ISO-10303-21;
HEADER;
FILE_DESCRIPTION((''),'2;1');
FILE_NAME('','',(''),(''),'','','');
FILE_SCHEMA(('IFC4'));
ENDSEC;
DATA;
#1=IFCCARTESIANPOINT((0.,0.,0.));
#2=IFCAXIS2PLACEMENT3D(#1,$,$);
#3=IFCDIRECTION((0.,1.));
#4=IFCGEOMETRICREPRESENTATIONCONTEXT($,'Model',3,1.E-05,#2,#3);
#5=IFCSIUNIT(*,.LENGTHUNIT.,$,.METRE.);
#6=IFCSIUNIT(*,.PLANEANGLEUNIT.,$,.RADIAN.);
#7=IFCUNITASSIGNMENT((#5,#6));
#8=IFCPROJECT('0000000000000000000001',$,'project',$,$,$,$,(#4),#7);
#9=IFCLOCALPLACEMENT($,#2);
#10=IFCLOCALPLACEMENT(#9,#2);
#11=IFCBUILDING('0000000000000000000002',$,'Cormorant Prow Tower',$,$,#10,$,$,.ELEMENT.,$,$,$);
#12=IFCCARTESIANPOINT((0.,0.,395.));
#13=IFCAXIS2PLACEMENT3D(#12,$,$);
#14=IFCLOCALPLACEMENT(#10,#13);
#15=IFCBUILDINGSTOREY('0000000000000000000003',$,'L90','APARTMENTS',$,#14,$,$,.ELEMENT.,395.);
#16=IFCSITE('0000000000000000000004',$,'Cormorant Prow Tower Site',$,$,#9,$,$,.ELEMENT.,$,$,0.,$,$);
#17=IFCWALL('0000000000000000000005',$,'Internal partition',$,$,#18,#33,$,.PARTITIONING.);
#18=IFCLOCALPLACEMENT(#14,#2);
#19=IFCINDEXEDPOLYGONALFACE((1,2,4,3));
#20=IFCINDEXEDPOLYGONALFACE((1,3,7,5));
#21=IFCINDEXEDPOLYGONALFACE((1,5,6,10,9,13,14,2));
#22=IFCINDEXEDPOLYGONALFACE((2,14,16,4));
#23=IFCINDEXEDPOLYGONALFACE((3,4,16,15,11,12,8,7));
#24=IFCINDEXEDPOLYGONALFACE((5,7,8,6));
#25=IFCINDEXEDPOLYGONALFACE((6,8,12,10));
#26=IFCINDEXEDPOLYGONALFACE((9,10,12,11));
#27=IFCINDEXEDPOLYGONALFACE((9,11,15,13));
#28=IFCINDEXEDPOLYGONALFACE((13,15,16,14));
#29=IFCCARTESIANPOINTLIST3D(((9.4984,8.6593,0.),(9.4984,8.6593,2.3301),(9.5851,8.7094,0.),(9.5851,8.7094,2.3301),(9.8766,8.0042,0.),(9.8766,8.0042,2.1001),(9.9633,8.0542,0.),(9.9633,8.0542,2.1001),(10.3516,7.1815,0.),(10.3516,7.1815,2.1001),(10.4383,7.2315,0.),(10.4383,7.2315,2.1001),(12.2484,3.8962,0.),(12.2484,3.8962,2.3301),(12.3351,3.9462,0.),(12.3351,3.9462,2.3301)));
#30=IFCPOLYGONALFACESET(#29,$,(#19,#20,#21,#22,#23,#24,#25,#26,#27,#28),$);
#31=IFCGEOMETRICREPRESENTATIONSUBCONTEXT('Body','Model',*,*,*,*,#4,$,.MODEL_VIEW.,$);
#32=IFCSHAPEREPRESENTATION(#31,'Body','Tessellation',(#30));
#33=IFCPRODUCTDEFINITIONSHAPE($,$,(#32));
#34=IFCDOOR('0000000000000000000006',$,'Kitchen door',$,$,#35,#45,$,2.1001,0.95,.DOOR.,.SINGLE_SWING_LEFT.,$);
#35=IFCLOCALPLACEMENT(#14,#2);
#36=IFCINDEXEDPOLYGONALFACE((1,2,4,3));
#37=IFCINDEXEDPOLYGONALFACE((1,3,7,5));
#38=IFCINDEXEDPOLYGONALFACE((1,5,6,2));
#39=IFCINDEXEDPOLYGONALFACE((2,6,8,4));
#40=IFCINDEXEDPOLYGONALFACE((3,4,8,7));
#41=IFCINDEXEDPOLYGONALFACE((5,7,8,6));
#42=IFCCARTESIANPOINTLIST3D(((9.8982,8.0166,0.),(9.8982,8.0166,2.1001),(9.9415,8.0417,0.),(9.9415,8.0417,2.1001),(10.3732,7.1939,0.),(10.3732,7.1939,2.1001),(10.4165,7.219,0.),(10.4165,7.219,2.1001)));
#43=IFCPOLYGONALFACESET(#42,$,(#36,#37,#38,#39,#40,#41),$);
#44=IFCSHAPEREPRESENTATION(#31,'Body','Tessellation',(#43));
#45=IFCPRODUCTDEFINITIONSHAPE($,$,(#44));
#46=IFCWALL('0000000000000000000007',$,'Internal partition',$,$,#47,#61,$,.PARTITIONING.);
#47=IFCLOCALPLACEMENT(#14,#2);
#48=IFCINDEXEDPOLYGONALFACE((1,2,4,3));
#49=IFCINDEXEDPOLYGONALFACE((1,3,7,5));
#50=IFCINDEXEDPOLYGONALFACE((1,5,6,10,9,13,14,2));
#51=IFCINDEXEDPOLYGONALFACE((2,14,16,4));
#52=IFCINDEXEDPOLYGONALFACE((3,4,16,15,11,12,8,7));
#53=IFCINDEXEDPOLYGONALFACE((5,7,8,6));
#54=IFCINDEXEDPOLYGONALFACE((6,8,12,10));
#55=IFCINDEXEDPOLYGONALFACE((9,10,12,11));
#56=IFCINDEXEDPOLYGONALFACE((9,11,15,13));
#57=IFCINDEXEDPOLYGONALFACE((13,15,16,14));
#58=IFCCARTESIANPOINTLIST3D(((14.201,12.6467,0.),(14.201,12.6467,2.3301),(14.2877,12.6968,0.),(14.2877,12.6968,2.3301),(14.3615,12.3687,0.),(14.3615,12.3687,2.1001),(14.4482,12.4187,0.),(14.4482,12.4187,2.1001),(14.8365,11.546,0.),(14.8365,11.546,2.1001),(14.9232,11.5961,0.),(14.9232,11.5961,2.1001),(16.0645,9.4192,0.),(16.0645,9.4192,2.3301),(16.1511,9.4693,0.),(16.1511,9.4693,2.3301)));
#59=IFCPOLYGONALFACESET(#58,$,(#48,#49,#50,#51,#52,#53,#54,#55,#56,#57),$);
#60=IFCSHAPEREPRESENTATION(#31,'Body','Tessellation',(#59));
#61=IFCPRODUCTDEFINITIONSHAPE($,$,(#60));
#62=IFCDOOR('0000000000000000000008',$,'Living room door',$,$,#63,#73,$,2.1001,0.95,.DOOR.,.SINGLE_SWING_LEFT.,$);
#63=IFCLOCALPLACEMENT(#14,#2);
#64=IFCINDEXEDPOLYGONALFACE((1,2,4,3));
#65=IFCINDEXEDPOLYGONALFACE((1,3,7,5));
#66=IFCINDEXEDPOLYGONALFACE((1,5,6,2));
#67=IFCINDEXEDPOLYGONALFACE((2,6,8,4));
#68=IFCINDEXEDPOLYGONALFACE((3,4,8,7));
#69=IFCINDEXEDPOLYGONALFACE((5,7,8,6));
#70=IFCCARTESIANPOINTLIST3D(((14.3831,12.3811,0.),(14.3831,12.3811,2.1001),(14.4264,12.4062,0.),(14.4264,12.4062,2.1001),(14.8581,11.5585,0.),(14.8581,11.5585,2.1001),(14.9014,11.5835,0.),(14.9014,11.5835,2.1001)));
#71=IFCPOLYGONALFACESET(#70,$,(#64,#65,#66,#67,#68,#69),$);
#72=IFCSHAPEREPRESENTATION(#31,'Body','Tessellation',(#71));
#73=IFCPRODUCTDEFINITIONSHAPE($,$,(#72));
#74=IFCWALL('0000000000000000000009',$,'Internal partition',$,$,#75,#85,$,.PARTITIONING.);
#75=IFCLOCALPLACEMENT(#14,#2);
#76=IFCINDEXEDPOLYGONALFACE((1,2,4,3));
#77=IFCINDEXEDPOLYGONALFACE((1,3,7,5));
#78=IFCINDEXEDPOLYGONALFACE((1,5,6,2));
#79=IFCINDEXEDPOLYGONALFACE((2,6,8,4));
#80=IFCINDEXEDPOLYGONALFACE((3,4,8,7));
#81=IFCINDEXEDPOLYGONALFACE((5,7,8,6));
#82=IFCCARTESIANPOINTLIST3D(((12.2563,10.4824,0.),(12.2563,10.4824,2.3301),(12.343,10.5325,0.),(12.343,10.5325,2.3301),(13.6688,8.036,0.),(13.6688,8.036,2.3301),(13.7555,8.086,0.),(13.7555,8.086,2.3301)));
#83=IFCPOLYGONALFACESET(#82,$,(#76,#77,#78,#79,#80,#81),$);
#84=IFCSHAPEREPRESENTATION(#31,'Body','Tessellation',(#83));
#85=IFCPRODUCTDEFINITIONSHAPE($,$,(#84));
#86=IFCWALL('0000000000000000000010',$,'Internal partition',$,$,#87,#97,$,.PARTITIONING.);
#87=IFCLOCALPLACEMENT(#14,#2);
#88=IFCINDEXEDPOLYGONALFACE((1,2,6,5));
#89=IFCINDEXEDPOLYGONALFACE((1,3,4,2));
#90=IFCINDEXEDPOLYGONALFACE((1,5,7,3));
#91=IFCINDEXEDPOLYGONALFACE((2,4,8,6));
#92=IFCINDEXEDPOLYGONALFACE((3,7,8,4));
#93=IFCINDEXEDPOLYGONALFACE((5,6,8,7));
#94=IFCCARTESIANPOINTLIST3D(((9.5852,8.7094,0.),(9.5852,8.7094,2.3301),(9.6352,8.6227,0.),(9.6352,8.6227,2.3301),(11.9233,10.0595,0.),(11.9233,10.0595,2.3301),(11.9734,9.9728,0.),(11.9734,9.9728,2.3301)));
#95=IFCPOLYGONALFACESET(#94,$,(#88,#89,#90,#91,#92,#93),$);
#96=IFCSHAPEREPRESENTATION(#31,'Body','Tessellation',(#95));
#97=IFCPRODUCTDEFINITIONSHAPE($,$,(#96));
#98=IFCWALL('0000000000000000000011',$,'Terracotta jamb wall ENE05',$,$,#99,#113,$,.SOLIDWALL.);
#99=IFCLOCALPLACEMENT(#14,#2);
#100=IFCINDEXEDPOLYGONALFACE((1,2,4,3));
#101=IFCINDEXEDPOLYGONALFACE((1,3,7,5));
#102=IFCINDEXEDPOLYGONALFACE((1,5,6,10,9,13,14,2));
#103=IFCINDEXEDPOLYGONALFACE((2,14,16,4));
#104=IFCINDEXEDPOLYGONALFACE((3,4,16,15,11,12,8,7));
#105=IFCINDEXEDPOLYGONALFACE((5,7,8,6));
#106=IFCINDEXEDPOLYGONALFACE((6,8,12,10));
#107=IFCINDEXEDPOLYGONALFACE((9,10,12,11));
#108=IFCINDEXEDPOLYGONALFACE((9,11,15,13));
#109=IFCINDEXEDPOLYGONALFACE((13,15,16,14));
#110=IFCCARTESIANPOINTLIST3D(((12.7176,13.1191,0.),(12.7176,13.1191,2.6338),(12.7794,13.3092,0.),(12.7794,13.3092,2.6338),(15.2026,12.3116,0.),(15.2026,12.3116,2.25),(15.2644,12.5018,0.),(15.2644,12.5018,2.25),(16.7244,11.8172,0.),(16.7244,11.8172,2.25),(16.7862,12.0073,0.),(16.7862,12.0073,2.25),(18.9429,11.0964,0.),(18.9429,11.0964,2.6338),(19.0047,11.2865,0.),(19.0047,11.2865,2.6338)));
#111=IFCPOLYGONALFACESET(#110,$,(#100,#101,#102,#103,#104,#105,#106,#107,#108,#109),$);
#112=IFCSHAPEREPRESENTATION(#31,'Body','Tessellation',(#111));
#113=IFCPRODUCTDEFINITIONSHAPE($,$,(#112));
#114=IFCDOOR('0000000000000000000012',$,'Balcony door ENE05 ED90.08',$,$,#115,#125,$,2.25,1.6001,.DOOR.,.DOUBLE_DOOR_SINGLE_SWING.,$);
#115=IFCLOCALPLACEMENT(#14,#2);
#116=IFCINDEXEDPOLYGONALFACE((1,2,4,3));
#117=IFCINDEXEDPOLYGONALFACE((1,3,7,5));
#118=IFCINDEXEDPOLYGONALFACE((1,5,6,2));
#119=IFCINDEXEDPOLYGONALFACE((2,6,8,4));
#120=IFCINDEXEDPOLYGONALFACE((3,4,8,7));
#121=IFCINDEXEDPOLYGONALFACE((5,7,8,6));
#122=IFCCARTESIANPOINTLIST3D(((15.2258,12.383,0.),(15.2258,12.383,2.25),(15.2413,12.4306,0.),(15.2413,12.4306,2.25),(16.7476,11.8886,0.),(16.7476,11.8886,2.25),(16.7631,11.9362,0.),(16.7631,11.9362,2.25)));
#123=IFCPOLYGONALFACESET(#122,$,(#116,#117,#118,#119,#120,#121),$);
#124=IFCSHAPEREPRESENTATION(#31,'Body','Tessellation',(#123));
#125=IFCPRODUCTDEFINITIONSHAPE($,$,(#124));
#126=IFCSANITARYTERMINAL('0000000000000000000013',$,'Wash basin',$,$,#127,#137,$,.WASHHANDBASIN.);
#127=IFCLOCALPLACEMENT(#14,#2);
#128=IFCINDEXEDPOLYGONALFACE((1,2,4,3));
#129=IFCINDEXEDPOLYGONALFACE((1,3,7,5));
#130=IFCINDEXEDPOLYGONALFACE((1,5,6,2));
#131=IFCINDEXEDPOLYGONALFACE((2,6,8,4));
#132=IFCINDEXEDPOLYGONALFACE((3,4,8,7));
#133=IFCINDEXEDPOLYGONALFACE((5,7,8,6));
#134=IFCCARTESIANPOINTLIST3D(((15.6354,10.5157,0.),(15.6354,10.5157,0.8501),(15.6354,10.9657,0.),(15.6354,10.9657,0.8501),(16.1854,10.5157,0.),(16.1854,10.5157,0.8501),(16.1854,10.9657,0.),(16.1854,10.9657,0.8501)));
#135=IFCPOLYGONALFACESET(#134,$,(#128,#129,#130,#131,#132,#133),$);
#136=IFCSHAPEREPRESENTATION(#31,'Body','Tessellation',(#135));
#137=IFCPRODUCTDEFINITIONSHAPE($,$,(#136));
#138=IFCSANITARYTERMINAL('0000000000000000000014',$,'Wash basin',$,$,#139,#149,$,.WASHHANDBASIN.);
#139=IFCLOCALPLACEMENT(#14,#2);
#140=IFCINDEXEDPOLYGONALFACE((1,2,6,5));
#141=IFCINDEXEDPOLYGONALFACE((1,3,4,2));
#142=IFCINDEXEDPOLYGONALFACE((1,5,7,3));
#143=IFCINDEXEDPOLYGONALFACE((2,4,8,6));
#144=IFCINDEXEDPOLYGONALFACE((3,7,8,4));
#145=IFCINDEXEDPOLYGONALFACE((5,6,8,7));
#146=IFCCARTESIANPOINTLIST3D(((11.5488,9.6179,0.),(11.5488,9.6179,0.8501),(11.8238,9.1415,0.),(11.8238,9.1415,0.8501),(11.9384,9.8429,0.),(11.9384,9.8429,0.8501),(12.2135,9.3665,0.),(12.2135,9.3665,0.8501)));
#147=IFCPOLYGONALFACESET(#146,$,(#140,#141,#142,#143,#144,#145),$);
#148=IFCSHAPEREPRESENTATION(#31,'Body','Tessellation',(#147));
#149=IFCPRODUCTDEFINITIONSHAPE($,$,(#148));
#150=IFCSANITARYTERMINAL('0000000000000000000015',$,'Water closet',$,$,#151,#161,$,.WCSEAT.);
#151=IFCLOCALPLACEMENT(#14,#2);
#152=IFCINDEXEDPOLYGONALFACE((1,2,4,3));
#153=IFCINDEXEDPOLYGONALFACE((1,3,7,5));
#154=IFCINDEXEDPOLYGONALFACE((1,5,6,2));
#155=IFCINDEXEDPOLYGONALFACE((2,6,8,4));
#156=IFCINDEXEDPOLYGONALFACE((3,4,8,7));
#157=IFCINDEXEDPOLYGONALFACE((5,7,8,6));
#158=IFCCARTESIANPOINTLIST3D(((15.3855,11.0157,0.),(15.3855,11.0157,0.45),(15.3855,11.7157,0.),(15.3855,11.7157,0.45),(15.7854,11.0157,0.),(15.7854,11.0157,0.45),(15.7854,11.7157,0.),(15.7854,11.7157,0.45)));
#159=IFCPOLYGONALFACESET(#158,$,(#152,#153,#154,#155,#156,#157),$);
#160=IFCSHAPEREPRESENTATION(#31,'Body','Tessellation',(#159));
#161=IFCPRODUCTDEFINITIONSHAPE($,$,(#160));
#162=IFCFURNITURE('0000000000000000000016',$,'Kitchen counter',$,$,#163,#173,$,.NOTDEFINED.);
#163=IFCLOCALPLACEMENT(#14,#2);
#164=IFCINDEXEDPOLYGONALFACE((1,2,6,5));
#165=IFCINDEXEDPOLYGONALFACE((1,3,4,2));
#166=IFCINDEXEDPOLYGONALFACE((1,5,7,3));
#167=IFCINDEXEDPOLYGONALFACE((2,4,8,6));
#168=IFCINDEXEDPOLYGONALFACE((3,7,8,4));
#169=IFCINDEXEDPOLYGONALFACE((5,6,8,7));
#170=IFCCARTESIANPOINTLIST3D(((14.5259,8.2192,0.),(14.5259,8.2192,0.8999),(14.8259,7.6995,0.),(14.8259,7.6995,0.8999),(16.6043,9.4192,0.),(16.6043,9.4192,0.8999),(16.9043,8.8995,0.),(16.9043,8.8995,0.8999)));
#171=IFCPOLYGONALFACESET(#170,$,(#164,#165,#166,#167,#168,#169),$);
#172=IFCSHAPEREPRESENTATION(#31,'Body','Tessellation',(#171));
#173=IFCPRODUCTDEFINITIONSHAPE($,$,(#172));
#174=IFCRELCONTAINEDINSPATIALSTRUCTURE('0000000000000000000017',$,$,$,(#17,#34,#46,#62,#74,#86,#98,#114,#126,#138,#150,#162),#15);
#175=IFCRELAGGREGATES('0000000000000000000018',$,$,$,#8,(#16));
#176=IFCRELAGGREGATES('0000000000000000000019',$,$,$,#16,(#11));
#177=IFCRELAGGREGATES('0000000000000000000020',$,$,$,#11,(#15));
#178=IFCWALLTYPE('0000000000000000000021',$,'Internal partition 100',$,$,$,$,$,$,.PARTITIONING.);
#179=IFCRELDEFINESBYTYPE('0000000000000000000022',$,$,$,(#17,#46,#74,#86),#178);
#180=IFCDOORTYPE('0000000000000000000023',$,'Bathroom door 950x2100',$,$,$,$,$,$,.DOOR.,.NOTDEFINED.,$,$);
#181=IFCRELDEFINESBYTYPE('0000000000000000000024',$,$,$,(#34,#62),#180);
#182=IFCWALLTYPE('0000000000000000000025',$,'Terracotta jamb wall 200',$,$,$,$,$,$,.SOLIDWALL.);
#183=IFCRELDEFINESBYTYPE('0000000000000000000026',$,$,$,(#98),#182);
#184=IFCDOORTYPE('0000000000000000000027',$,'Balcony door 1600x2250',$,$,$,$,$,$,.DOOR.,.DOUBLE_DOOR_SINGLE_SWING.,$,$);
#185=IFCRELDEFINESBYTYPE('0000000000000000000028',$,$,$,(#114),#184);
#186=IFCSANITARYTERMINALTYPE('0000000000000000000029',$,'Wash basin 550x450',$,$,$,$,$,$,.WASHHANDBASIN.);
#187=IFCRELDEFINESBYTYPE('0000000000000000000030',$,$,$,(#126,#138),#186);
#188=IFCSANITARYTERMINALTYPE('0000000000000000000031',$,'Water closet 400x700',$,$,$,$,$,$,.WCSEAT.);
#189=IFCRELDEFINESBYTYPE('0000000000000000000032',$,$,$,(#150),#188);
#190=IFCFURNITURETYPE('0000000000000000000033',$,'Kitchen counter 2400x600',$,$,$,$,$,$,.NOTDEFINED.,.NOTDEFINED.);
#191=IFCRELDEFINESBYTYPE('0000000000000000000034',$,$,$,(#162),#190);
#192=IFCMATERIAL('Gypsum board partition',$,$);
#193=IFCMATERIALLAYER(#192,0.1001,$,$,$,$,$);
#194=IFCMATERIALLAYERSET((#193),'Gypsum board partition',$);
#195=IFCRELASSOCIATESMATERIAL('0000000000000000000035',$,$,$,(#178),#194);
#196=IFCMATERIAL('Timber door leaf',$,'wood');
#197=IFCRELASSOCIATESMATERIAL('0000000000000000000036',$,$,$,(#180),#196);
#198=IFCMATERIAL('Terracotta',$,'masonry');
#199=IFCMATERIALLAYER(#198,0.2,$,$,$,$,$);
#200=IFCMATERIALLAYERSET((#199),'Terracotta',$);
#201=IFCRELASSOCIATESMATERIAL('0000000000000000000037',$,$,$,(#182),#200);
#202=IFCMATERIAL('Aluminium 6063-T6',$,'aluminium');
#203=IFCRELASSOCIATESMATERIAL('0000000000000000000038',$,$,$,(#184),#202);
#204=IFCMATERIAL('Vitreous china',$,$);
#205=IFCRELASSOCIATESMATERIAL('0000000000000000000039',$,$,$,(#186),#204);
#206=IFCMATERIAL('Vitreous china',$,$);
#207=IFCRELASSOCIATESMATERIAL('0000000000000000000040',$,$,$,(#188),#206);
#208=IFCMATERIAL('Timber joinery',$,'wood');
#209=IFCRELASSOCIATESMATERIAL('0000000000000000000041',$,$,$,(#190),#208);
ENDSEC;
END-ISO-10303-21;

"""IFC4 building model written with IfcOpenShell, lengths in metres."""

from ifc_helpers import new_model, si_unit, direction, frame, frame_2d, origin, origin_2d, place, context, subcontext, project, spatial, rectangle, extrude, material, layer, layer_set, type_object, element, fill, save


model = new_model("IFC4")

# Units and contexts
model_context = context("Model", 3, precision=1e-05, world=origin(), true_north=direction((0.0, 1.0)))
body_context = subcontext(model_context, "Body", "Model", "MODEL_VIEW")
ifc_project = project(units=[si_unit("LENGTHUNIT", "METRE"), si_unit("PLANEANGLEUNIT", "RADIAN")], contexts=[model_context])

# Site, building, storey
site_placement = place(None, origin())
site = spatial("IfcSite", under=ifc_project, at=site_placement, Name="Cormorant Prow Tower Site", CompositionType="ELEMENT", RefElevation=0.0)
building_placement = place(site_placement, origin())
building = spatial("IfcBuilding", under=site, at=building_placement, Name="Cormorant Prow Tower", CompositionType="ELEMENT")
storey_placement = place(building_placement, frame((0.0, 0.0, 395.0)))
storey = spatial("IfcBuildingStorey", under=building, at=storey_placement, Name="L90", Description="APARTMENTS", CompositionType="ELEMENT", Elevation=395.0)

# Shared definitions
ifc_material_1 = material(Name="Gypsum board partition")
ifc_layer_1 = layer(ifc_material_1, 0.1001)
ifc_layer_set_1 = layer_set([ifc_layer_1], Name="Gypsum board partition")
wall_type_1 = type_object("IfcWallType", Name="Internal partition 100", PredefinedType="PARTITIONING", material=ifc_layer_set_1)
ifc_material_2 = material(Name="Timber door leaf", Category="wood")
door_type_1 = type_object("IfcDoorType", Name="Bathroom door 950x2100", OperationType="NOTDEFINED", PredefinedType="DOOR", material=ifc_material_2)

# Walls, openings, doors
wall_1_placement = place(storey_placement, frame((9.5417, 8.6843, 0.0), z_axis=(0.0, 0.0, 1.0), x_axis=(0.499997, -0.866027, 0.0)))
wall_1 = element("IfcWall", 1, at=wall_1_placement, inside=storey, type_object=wall_type_1, Name="Internal partition", PredefinedType="PARTITIONING", context=body_context, shape_type="SweptSolid", body=[
    extrude(rectangle(XDim=5.5, YDim=0.1001, at=frame_2d((2.75, 0.0))), origin(), (0.0, 0.0, 1.0), 2.3301),
])
opening_1_placement = place(wall_1_placement, frame((0.7563, 0.0, 0.0)))
opening_1 = element("IfcOpeningElement", 2, at=opening_1_placement, cuts=wall_1, PredefinedType="OPENING", context=body_context, shape_type="SweptSolid", body=[
    extrude(rectangle(XDim=0.95, YDim=2.1001, at=frame_2d((0.4751, 1.05))), frame((0.0, 0.0601, 0.0), z_axis=(0.0, -1.0, 0.0), x_axis=(1.0, 0.0, 0.0)), (0.0, 0.0, 1.0), 0.1201),
])
door_1_placement = place(opening_1_placement, origin())
door_1 = element("IfcDoor", 3, at=door_1_placement, inside=storey, type_object=door_type_1, Name="Kitchen door", OperationType="SINGLE_SWING_LEFT", OverallHeight=2.1001, OverallWidth=0.95, PredefinedType="DOOR", context=body_context, shape_type="SweptSolid", body=[
    extrude(rectangle(XDim=0.95, YDim=2.1001, at=frame_2d((0.4751, 1.05))), frame((0.0, 0.0249, 0.0), z_axis=(0.0, -1.0, 0.0), x_axis=(1.0, 0.0, 0.0)), (0.0, 0.0, 1.0), 0.05),
])
fill(opening_1, door_1)
wall_2_placement = place(storey_placement, frame((14.2444, 12.6716, 0.0), z_axis=(0.0, 0.0, 1.0), x_axis=(0.500021, -0.866013, 0.0)))
wall_2 = element("IfcWall", 4, at=wall_2_placement, inside=storey, type_object=wall_type_1, Name="Internal partition", PredefinedType="PARTITIONING", context=body_context, shape_type="SweptSolid", body=[
    extrude(rectangle(XDim=3.7268, YDim=0.1001, at=frame_2d((1.8633, 0.0))), origin(), (0.0, 0.0, 1.0), 2.3301),
])
opening_2_placement = place(wall_2_placement, frame((0.3208, 0.0, 0.0)))
opening_2 = element("IfcOpeningElement", 5, at=opening_2_placement, cuts=wall_2, PredefinedType="OPENING", context=body_context, shape_type="SweptSolid", body=[
    extrude(rectangle(XDim=0.95, YDim=2.1001, at=frame_2d((0.4751, 1.05))), frame((0.0, 0.0601, 0.0), z_axis=(0.0, -1.0, 0.0), x_axis=(1.0, 0.0, 0.0)), (0.0, 0.0, 1.0), 0.1201),
])
door_2_placement = place(opening_2_placement, origin())
door_2 = element("IfcDoor", 6, at=door_2_placement, inside=storey, type_object=door_type_1, Name="Living room door", OperationType="SINGLE_SWING_LEFT", OverallHeight=2.1001, OverallWidth=0.95, PredefinedType="DOOR", context=body_context, shape_type="SweptSolid", body=[
    extrude(rectangle(XDim=0.95, YDim=2.1001, at=frame_2d((0.4751, 1.05))), frame((0.0, 0.0249, 0.0), z_axis=(0.0, -1.0, 0.0), x_axis=(1.0, 0.0, 0.0)), (0.0, 0.0, 1.0), 0.05),
])
fill(opening_2, door_2)

# Walls
wall_3_placement = place(storey_placement, frame((12.2996, 10.5076, 0.0), z_axis=(0.0, 0.0, 1.0), x_axis=(0.500024, -0.866011, 0.0)))
element("IfcWall", 7, at=wall_3_placement, inside=storey, type_object=wall_type_1, Name="Internal partition", PredefinedType="PARTITIONING", context=body_context, shape_type="SweptSolid", body=[
    extrude(rectangle(XDim=2.825, YDim=0.1001, at=frame_2d((1.4126, 0.0))), origin(), (0.0, 0.0, 1.0), 2.3301),
])
wall_4_placement = place(storey_placement, frame((9.6101, 8.666, 0.0), z_axis=(0.0, 0.0, 1.0), x_axis=(0.865997, 0.500049, 0.0)))
element("IfcWall", 8, at=wall_4_placement, inside=storey, type_object=wall_type_1, Name="Internal partition", PredefinedType="PARTITIONING", context=body_context, shape_type="SweptSolid", body=[
    extrude(rectangle(XDim=2.7, YDim=0.1001, at=frame_2d((1.3501, 0.0))), origin(), (0.0, 0.0, 1.0), 2.3301),
])

# Wall, opening, door
ifc_material_3 = material(Name="Terracotta", Category="masonry")
ifc_layer_2 = layer(ifc_material_3, 0.2)
ifc_layer_set_2 = layer_set([ifc_layer_2], Name="Terracotta")
wall_type_2 = type_object("IfcWallType", Name="Terracotta jamb wall 200", PredefinedType="SOLIDWALL", material=ifc_layer_set_2)
wall_5_placement = place(storey_placement, frame((18.9739, 11.1914, 0.0), z_axis=(0.0, 0.0, 1.0), x_axis=(-0.951058, 0.309013, 0.0)))
wall_5 = element("IfcWall", 9, at=wall_5_placement, inside=storey, type_object=wall_type_2, Name="Terracotta jamb wall ENE05", PredefinedType="SOLIDWALL", context=body_context, shape_type="SweptSolid", body=[
    extrude(rectangle(XDim=6.5457, YDim=0.2, at=frame_2d((3.2729, 0.0))), origin(), (0.0, 0.0, 1.0), 2.6338),
])
opening_3_placement = place(wall_5_placement, frame((2.3328, 0.0, 0.0)))
opening_3 = element("IfcOpeningElement", 10, at=opening_3_placement, cuts=wall_5, PredefinedType="OPENING", context=body_context, shape_type="SweptSolid", body=[
    extrude(rectangle(XDim=1.6001, YDim=2.25, at=frame_2d((0.8, 1.125))), frame((0.0, 0.1099, 0.0), z_axis=(0.0, -1.0, 0.0), x_axis=(1.0, 0.0, 0.0)), (0.0, 0.0, 1.0), 0.22),
])
ifc_material_4 = material(Name="Aluminium 6063-T6", Category="aluminium")
door_type_2 = type_object("IfcDoorType", Name="Balcony door 1600x2250", OperationType="DOUBLE_DOOR_SINGLE_SWING", PredefinedType="DOOR", material=ifc_material_4)
door_3_placement = place(opening_3_placement, origin())
door_3 = element("IfcDoor", 11, at=door_3_placement, inside=storey, type_object=door_type_2, Name="Balcony door ENE05 ED90.08", OperationType="DOUBLE_DOOR_SINGLE_SWING", OverallHeight=2.25, OverallWidth=1.6001, PredefinedType="DOOR", context=body_context, shape_type="SweptSolid", body=[
    extrude(rectangle(XDim=1.6001, YDim=2.25, at=frame_2d((0.8, 1.125))), frame((0.0, 0.0249, 0.0), z_axis=(0.0, -1.0, 0.0), x_axis=(1.0, 0.0, 0.0)), (0.0, 0.0, 1.0), 0.05),
])
fill(opening_3, door_3)

# Sanitary terminals
ifc_material_5 = material(Name="Vitreous china")
sanitary_terminal_type_1 = type_object("IfcSanitaryTerminalType", Name="Wash basin 550x450", PredefinedType="WASHHANDBASIN", material=ifc_material_5)
for number, where, z_axis, x_axis, name in (
    (12, (15.9104, 10.7407, 0.0), (0.0, 0.0, 1.0), (1.0, 0.0, 0.0), "Wash basin"),
    (13, (11.8811, 9.4922, 0.0), (0.0, 0.0, 1.0), (0.5, -0.866025, 0.0), "Wash basin"),
):
    element("IfcSanitaryTerminal", number, at=place(storey_placement, frame(where, z_axis=z_axis, x_axis=x_axis)), inside=storey, type_object=sanitary_terminal_type_1, Name=name, PredefinedType="WASHHANDBASIN", context=body_context, shape_type="SweptSolid", body=[
        extrude(rectangle(XDim=0.55, YDim=0.45, at=origin_2d()), origin(), (0.0, 0.0, 1.0), 0.8501),
    ])
ifc_material_6 = material(Name="Vitreous china")
sanitary_terminal_type_2 = type_object("IfcSanitaryTerminalType", Name="Water closet 400x700", PredefinedType="WCSEAT", material=ifc_material_6)
sanitary_terminal_placement = place(storey_placement, frame((15.5854, 11.3657, 0.0), z_axis=(0.0, 0.0, 1.0), x_axis=(1.0, 0.0, 0.0)))
element("IfcSanitaryTerminal", 14, at=sanitary_terminal_placement, inside=storey, type_object=sanitary_terminal_type_2, Name="Water closet", PredefinedType="WCSEAT", context=body_context, shape_type="SweptSolid", body=[
    extrude(rectangle(XDim=0.3999, YDim=0.7, at=origin_2d()), origin(), (0.0, 0.0, 1.0), 0.45),
])

# Furniture
ifc_material_7 = material(Name="Timber joinery", Category="wood")
furniture_type = type_object("IfcFurnitureType", Name="Kitchen counter 2400x600", AssemblyPlace="NOTDEFINED", PredefinedType="NOTDEFINED", material=ifc_material_7)
furniture_placement = place(storey_placement, frame((15.7151, 8.5593, 0.0), z_axis=(0.0, 0.0, 1.0), x_axis=(0.866025, 0.5, 0.0)))
element("IfcFurniture", 15, at=furniture_placement, inside=storey, type_object=furniture_type, Name="Kitchen counter", PredefinedType="NOTDEFINED", context=body_context, shape_type="SweptSolid", body=[
    extrude(rectangle(XDim=2.3999, YDim=0.6001, at=origin_2d()), origin(), (0.0, 0.0, 1.0), 0.8999),
])

save(model, "model.ifc")
